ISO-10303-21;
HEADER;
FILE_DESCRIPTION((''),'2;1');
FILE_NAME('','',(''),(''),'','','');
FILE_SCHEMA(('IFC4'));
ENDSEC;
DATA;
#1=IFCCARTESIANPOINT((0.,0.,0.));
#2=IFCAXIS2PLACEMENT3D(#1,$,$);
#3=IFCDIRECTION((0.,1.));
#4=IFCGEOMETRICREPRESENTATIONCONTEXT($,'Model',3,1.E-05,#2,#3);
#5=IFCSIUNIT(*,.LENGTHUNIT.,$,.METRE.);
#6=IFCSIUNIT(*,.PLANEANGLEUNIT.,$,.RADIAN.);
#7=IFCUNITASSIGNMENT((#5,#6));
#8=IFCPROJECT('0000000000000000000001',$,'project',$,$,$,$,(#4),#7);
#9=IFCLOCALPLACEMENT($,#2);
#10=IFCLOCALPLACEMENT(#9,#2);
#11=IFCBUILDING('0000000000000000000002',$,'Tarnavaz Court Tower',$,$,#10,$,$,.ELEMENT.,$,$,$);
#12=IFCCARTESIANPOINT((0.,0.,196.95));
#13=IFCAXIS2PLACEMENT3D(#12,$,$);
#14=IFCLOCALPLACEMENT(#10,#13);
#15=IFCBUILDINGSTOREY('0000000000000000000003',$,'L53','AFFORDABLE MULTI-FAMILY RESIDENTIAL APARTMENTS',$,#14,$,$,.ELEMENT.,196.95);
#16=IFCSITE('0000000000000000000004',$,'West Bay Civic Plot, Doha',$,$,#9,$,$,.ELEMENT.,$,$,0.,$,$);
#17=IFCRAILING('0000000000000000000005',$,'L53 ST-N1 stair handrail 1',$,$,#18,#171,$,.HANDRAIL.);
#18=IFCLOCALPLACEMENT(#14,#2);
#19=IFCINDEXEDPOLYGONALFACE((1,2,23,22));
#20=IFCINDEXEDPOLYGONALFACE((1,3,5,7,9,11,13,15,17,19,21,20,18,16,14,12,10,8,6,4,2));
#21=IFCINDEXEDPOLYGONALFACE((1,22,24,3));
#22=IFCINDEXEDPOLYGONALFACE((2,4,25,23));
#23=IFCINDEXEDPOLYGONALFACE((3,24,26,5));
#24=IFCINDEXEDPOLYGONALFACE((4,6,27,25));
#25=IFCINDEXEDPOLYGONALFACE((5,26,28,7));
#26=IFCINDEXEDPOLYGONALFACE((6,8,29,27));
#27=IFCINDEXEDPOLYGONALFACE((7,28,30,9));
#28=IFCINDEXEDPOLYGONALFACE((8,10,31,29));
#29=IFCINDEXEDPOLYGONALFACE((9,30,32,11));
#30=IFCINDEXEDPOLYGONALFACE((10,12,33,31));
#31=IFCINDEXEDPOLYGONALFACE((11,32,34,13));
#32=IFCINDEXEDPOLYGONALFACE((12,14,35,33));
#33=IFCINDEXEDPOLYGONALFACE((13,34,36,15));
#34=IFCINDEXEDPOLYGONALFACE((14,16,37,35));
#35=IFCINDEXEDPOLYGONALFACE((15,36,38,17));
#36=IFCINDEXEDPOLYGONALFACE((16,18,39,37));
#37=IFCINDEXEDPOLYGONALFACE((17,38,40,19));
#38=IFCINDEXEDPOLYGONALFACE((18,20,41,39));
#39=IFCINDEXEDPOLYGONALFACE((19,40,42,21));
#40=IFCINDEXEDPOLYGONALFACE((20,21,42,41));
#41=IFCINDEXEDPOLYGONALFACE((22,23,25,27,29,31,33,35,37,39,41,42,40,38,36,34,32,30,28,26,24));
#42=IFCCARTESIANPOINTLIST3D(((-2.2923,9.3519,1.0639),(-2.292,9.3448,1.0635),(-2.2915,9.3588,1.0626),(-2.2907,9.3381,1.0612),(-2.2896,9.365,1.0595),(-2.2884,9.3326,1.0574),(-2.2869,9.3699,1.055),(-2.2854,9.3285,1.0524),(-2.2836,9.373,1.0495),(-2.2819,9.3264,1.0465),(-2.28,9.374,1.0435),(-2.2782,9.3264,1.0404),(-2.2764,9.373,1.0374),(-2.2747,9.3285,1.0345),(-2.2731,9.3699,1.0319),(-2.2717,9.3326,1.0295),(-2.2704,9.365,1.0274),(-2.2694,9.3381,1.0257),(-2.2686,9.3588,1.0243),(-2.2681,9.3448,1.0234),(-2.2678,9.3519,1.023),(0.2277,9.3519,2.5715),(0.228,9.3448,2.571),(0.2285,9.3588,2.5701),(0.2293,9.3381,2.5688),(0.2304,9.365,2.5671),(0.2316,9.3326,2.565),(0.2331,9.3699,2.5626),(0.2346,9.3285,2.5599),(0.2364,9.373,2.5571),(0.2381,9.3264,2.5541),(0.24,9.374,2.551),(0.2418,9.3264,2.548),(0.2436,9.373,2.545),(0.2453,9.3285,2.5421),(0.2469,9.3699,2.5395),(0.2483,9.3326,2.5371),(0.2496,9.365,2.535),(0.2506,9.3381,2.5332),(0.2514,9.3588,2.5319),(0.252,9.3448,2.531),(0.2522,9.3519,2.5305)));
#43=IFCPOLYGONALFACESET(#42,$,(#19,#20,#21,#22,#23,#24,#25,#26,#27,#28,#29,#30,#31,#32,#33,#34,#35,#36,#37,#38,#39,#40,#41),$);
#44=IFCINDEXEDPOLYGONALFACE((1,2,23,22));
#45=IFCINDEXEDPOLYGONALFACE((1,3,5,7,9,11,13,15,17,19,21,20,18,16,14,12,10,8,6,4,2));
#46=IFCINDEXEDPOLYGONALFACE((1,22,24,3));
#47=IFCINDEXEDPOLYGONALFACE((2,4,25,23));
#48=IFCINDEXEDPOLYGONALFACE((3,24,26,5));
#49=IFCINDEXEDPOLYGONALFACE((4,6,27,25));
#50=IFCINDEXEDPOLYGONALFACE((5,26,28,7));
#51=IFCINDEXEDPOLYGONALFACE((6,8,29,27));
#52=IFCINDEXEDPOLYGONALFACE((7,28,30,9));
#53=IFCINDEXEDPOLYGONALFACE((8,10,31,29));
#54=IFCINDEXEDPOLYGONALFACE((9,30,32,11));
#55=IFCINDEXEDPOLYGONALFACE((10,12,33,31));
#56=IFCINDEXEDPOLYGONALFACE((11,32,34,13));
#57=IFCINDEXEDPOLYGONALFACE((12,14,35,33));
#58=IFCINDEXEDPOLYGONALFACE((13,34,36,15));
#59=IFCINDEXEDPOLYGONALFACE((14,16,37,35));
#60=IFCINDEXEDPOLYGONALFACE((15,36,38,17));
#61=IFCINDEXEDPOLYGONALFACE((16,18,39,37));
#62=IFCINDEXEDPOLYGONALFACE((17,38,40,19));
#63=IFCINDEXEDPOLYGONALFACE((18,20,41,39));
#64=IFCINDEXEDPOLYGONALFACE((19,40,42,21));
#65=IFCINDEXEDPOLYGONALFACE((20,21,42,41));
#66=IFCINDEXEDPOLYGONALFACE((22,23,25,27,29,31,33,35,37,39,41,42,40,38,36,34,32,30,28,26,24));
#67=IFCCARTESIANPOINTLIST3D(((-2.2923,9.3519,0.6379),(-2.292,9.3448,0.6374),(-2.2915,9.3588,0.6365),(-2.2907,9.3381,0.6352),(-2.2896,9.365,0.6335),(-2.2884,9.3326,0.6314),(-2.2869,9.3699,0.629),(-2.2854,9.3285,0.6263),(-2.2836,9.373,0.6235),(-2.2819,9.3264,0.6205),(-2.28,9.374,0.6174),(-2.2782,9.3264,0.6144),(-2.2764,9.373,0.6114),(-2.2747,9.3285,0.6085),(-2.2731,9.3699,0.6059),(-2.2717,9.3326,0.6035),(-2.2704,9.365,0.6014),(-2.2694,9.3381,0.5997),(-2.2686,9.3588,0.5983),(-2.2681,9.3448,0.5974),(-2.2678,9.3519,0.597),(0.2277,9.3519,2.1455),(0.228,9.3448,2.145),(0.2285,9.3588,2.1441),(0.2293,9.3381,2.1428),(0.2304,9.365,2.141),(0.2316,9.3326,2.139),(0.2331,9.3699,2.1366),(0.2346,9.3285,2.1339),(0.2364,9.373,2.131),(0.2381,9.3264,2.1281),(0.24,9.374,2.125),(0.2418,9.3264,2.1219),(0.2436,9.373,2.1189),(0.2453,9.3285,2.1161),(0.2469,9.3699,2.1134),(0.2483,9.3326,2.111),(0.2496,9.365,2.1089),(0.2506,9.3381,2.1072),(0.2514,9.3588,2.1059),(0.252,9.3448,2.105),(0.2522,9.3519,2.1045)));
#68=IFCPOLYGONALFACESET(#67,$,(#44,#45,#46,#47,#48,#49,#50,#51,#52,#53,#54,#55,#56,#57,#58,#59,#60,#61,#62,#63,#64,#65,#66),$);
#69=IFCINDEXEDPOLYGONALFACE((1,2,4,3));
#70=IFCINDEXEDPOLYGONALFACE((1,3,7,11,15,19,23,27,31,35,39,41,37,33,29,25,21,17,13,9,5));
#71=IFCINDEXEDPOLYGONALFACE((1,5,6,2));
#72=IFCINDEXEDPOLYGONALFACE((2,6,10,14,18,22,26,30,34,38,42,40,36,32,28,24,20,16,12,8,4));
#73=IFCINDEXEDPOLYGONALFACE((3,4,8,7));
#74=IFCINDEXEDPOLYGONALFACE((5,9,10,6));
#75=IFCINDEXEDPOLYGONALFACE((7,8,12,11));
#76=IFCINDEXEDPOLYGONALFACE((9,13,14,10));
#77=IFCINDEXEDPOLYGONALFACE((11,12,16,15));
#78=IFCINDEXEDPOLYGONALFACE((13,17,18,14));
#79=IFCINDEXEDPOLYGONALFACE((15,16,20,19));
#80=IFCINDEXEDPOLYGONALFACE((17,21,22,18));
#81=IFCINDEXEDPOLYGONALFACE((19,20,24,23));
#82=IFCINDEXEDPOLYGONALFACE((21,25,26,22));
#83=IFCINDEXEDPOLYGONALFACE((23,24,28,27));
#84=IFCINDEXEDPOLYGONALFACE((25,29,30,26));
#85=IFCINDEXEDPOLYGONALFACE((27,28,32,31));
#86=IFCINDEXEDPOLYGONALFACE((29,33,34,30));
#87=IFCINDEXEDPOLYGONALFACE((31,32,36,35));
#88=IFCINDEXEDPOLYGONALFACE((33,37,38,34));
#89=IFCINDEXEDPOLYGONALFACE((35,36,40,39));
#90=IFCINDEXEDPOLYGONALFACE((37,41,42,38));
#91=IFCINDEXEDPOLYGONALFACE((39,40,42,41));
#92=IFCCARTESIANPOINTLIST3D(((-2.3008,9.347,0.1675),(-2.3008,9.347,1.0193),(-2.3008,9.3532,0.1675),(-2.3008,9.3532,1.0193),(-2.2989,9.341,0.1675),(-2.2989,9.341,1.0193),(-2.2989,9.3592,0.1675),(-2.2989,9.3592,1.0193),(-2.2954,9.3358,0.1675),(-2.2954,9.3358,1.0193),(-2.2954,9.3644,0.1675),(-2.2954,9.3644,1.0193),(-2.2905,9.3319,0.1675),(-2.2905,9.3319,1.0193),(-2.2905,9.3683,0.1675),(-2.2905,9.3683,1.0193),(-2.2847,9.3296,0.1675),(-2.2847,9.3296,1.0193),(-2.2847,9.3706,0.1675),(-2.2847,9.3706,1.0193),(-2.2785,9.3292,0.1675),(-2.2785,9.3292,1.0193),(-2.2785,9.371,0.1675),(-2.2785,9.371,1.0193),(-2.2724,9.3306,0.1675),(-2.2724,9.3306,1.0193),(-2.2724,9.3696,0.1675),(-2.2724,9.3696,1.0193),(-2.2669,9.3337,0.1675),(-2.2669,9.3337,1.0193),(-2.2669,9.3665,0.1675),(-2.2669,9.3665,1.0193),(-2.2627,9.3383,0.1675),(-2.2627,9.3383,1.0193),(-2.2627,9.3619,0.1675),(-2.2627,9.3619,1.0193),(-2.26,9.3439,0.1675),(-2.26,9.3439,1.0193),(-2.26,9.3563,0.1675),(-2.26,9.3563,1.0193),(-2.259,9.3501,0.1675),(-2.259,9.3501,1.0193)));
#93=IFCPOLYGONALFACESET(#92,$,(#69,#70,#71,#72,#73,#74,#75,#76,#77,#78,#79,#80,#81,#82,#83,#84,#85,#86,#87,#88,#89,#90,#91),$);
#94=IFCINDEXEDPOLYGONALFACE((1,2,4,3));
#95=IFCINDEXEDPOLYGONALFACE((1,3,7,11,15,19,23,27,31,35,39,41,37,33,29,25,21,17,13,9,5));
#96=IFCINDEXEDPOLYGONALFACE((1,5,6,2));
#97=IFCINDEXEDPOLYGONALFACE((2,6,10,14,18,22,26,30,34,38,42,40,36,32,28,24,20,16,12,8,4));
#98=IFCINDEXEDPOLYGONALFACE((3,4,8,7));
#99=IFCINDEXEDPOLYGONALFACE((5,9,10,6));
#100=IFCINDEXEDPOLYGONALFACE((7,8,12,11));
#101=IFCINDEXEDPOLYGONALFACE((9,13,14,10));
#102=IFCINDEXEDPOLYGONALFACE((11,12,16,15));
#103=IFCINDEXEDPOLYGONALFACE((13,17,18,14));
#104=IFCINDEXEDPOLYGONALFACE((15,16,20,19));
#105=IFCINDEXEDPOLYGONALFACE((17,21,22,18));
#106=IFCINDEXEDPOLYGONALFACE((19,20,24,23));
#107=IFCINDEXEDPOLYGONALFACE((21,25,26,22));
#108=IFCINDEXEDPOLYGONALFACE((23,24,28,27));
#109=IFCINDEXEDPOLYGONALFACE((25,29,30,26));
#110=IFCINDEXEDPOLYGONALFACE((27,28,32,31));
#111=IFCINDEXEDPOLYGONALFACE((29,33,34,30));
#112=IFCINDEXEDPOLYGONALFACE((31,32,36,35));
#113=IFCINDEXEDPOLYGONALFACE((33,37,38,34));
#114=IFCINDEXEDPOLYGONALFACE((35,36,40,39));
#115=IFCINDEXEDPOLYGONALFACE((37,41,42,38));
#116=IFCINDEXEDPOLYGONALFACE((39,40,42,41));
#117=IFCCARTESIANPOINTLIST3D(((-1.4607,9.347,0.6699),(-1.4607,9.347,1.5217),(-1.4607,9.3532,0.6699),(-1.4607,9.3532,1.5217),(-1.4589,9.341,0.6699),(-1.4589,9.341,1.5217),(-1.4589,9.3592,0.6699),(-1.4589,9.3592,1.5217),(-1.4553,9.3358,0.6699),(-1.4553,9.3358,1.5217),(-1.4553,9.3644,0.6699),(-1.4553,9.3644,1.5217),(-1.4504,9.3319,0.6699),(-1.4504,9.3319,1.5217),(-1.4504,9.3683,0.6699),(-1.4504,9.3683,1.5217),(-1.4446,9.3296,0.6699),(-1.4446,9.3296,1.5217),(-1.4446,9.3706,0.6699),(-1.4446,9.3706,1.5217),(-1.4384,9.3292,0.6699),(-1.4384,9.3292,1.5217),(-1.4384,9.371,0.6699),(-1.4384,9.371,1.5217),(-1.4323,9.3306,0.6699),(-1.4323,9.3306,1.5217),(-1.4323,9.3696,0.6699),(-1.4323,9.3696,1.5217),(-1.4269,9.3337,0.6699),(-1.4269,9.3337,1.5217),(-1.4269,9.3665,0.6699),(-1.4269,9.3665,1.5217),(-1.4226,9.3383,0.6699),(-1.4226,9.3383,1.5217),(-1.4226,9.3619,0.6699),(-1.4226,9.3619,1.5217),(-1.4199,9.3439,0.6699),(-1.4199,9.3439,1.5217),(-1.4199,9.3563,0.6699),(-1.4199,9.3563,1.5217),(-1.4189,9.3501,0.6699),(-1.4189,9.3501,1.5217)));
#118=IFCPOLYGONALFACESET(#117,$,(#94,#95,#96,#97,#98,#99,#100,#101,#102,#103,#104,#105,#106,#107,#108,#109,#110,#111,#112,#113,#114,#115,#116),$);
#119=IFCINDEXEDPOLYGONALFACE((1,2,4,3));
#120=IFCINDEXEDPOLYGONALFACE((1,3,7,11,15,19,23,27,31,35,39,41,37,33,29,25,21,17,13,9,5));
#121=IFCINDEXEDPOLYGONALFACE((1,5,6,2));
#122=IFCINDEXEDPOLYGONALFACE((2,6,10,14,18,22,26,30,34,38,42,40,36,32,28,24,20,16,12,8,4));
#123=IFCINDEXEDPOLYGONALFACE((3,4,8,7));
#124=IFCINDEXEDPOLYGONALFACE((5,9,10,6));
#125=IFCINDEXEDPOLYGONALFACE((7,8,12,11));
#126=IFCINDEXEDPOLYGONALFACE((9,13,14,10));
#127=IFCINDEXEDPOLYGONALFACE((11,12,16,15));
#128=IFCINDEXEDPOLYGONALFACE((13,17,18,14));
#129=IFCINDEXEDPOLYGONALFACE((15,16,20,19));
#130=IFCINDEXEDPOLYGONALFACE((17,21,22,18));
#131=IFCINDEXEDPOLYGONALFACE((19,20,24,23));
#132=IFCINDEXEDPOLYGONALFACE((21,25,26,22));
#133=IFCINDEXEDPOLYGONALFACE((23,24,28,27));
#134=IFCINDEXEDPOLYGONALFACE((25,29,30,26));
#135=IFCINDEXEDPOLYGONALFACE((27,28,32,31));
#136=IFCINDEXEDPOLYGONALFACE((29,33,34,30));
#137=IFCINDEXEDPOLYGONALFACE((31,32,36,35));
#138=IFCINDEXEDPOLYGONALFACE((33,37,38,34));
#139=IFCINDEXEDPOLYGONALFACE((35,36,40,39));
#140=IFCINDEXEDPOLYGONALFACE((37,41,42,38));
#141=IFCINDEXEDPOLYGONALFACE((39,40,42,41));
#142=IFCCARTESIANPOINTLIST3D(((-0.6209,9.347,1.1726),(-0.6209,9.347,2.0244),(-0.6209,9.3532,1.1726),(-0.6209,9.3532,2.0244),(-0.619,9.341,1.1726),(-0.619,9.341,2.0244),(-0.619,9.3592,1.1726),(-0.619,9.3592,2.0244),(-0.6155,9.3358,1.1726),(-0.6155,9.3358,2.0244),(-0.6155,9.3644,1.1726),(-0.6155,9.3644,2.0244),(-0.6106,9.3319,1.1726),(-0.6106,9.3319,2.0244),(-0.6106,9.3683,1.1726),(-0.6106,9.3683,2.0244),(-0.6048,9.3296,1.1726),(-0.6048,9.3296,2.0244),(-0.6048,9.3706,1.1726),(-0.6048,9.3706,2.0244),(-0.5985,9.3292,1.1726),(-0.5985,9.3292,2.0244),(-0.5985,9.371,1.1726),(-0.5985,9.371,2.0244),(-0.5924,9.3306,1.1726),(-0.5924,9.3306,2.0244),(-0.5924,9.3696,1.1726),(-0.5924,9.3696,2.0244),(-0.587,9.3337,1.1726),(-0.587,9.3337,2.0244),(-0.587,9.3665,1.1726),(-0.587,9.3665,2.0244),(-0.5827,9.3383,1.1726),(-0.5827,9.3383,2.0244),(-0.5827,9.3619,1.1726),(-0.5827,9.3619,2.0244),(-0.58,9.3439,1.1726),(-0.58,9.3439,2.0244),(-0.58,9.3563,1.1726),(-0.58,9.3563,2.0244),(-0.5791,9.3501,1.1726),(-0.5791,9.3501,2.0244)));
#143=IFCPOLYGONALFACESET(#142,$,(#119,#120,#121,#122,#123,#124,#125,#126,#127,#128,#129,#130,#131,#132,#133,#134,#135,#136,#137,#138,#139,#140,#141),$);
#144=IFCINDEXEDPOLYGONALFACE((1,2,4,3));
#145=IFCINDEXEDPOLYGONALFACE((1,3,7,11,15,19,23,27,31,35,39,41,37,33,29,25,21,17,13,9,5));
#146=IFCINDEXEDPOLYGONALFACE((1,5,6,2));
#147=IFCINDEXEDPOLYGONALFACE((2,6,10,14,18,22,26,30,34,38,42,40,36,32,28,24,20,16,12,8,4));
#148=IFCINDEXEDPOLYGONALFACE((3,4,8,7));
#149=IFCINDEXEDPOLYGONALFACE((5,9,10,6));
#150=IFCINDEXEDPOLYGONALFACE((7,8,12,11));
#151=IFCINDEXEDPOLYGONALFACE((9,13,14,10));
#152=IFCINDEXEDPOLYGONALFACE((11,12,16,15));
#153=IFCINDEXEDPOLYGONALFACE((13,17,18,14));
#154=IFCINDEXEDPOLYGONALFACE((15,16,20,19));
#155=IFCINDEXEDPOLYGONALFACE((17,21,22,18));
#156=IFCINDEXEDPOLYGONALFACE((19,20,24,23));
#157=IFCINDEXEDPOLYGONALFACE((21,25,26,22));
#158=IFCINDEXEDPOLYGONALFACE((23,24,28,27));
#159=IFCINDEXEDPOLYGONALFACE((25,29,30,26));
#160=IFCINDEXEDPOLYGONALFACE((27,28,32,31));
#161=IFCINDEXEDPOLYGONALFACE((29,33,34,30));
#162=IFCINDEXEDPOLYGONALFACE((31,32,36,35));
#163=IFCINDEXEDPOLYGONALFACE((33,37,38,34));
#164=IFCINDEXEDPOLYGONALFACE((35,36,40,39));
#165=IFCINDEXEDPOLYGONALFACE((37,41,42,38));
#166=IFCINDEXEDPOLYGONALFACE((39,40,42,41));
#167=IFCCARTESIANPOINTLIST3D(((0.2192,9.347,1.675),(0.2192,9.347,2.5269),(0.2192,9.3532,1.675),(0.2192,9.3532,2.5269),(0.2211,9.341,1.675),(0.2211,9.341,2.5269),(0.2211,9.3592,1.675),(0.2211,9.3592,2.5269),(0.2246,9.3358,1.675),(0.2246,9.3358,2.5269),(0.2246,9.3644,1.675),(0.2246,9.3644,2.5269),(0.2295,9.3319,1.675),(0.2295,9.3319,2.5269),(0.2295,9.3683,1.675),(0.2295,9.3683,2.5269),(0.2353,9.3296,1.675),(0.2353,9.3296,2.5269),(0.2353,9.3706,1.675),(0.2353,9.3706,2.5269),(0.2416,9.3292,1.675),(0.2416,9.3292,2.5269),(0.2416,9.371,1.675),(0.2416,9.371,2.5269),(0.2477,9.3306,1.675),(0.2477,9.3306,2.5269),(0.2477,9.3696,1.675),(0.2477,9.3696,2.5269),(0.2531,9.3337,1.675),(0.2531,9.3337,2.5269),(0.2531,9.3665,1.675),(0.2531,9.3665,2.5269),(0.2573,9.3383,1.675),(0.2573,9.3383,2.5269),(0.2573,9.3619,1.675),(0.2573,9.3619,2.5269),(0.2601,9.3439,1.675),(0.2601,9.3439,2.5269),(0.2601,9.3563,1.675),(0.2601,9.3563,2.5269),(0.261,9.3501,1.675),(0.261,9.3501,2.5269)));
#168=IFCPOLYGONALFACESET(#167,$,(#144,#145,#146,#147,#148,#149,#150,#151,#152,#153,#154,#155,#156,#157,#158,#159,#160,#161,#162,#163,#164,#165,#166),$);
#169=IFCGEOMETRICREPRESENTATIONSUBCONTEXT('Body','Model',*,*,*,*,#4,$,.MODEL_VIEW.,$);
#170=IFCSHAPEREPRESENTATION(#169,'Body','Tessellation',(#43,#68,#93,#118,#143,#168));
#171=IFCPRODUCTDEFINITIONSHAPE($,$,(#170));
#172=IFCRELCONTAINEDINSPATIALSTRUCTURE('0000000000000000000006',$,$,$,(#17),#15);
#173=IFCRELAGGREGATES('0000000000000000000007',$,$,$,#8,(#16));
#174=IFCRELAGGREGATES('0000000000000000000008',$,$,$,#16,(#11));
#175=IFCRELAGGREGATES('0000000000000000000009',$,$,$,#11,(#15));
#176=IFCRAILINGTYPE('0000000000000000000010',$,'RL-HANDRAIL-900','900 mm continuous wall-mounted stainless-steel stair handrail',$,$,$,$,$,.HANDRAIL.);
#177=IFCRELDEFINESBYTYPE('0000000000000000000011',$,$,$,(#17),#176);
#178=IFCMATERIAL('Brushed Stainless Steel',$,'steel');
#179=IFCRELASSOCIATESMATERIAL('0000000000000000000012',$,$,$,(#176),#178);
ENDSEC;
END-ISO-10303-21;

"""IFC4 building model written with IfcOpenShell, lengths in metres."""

from ifc_helpers import new_model, si_unit, direction, frame, origin, origin_2d, place, context, subcontext, project, spatial, circle, extrude, material, type_object, element, save


model = new_model("IFC4")

# Units and contexts
model_context = context("Model", 3, precision=1e-05, world=origin(), true_north=direction((0.0, 1.0)))
body_context = subcontext(model_context, "Body", "Model", "MODEL_VIEW")
ifc_project = project(units=[si_unit("LENGTHUNIT", "METRE"), si_unit("PLANEANGLEUNIT", "RADIAN")], contexts=[model_context])

# Site, building, storey
site_placement = place(None, origin())
site = spatial("IfcSite", under=ifc_project, at=site_placement, Name="West Bay Civic Plot, Doha", CompositionType="ELEMENT", RefElevation=0.0)
building_placement = place(site_placement, origin())
building = spatial("IfcBuilding", under=site, at=building_placement, Name="Tarnavaz Court Tower", CompositionType="ELEMENT")
storey_placement = place(building_placement, frame((0.0, 0.0, 196.95)))
storey = spatial("IfcBuildingStorey", under=building, at=storey_placement, Name="L53", Description="AFFORDABLE MULTI-FAMILY RESIDENTIAL APARTMENTS", CompositionType="ELEMENT", Elevation=196.95)

# Railing
ifc_material_1 = material(Name="Brushed Stainless Steel", Category="steel")
railing_type_1 = type_object("IfcRailingType", Name="RL-HANDRAIL-900", Description="900 mm continuous wall-mounted stainless-steel stair handrail", PredefinedType="HANDRAIL", material=ifc_material_1)
railing_1_placement = place(storey_placement, frame((-2.28, 9.3501, 0.1675)))
element("IfcRailing", 1, at=railing_1_placement, inside=storey, type_object=railing_type_1, Name="L53 ST-N1 stair handrail 1", PredefinedType="HANDRAIL", context=body_context, shape_type="SweptSolid", body=[
    extrude(circle(Radius=0.0239, at=origin_2d()), frame((0.0, 0.0, 0.876), z_axis=(0.85816, 0.0, 0.513383), x_axis=(0.0, 1.0, 0.0)), (0.0, 0.0, 1.0), 2.9365),
    extrude(circle(Radius=0.0239, at=origin_2d()), frame((0.0, 0.0, 0.45), z_axis=(0.85816, 0.0, 0.513383), x_axis=(0.0, 1.0, 0.0)), (0.0, 0.0, 1.0), 2.9365),
    extrude(circle(Radius=0.021, at=origin_2d()), origin(), (0.0, 0.0, 1.0), 0.8518),
    extrude(circle(Radius=0.021, at=origin_2d()), frame((0.8401, 0.0, 0.5024)), (0.0, 0.0, 1.0), 0.8518),
    extrude(circle(Radius=0.021, at=origin_2d()), frame((1.6799, 0.0, 1.0051)), (0.0, 0.0, 1.0), 0.8518),
    extrude(circle(Radius=0.021, at=origin_2d()), frame((2.52, 0.0, 1.5076)), (0.0, 0.0, 1.0), 0.8518),
])

save(model, "model.ifc")
